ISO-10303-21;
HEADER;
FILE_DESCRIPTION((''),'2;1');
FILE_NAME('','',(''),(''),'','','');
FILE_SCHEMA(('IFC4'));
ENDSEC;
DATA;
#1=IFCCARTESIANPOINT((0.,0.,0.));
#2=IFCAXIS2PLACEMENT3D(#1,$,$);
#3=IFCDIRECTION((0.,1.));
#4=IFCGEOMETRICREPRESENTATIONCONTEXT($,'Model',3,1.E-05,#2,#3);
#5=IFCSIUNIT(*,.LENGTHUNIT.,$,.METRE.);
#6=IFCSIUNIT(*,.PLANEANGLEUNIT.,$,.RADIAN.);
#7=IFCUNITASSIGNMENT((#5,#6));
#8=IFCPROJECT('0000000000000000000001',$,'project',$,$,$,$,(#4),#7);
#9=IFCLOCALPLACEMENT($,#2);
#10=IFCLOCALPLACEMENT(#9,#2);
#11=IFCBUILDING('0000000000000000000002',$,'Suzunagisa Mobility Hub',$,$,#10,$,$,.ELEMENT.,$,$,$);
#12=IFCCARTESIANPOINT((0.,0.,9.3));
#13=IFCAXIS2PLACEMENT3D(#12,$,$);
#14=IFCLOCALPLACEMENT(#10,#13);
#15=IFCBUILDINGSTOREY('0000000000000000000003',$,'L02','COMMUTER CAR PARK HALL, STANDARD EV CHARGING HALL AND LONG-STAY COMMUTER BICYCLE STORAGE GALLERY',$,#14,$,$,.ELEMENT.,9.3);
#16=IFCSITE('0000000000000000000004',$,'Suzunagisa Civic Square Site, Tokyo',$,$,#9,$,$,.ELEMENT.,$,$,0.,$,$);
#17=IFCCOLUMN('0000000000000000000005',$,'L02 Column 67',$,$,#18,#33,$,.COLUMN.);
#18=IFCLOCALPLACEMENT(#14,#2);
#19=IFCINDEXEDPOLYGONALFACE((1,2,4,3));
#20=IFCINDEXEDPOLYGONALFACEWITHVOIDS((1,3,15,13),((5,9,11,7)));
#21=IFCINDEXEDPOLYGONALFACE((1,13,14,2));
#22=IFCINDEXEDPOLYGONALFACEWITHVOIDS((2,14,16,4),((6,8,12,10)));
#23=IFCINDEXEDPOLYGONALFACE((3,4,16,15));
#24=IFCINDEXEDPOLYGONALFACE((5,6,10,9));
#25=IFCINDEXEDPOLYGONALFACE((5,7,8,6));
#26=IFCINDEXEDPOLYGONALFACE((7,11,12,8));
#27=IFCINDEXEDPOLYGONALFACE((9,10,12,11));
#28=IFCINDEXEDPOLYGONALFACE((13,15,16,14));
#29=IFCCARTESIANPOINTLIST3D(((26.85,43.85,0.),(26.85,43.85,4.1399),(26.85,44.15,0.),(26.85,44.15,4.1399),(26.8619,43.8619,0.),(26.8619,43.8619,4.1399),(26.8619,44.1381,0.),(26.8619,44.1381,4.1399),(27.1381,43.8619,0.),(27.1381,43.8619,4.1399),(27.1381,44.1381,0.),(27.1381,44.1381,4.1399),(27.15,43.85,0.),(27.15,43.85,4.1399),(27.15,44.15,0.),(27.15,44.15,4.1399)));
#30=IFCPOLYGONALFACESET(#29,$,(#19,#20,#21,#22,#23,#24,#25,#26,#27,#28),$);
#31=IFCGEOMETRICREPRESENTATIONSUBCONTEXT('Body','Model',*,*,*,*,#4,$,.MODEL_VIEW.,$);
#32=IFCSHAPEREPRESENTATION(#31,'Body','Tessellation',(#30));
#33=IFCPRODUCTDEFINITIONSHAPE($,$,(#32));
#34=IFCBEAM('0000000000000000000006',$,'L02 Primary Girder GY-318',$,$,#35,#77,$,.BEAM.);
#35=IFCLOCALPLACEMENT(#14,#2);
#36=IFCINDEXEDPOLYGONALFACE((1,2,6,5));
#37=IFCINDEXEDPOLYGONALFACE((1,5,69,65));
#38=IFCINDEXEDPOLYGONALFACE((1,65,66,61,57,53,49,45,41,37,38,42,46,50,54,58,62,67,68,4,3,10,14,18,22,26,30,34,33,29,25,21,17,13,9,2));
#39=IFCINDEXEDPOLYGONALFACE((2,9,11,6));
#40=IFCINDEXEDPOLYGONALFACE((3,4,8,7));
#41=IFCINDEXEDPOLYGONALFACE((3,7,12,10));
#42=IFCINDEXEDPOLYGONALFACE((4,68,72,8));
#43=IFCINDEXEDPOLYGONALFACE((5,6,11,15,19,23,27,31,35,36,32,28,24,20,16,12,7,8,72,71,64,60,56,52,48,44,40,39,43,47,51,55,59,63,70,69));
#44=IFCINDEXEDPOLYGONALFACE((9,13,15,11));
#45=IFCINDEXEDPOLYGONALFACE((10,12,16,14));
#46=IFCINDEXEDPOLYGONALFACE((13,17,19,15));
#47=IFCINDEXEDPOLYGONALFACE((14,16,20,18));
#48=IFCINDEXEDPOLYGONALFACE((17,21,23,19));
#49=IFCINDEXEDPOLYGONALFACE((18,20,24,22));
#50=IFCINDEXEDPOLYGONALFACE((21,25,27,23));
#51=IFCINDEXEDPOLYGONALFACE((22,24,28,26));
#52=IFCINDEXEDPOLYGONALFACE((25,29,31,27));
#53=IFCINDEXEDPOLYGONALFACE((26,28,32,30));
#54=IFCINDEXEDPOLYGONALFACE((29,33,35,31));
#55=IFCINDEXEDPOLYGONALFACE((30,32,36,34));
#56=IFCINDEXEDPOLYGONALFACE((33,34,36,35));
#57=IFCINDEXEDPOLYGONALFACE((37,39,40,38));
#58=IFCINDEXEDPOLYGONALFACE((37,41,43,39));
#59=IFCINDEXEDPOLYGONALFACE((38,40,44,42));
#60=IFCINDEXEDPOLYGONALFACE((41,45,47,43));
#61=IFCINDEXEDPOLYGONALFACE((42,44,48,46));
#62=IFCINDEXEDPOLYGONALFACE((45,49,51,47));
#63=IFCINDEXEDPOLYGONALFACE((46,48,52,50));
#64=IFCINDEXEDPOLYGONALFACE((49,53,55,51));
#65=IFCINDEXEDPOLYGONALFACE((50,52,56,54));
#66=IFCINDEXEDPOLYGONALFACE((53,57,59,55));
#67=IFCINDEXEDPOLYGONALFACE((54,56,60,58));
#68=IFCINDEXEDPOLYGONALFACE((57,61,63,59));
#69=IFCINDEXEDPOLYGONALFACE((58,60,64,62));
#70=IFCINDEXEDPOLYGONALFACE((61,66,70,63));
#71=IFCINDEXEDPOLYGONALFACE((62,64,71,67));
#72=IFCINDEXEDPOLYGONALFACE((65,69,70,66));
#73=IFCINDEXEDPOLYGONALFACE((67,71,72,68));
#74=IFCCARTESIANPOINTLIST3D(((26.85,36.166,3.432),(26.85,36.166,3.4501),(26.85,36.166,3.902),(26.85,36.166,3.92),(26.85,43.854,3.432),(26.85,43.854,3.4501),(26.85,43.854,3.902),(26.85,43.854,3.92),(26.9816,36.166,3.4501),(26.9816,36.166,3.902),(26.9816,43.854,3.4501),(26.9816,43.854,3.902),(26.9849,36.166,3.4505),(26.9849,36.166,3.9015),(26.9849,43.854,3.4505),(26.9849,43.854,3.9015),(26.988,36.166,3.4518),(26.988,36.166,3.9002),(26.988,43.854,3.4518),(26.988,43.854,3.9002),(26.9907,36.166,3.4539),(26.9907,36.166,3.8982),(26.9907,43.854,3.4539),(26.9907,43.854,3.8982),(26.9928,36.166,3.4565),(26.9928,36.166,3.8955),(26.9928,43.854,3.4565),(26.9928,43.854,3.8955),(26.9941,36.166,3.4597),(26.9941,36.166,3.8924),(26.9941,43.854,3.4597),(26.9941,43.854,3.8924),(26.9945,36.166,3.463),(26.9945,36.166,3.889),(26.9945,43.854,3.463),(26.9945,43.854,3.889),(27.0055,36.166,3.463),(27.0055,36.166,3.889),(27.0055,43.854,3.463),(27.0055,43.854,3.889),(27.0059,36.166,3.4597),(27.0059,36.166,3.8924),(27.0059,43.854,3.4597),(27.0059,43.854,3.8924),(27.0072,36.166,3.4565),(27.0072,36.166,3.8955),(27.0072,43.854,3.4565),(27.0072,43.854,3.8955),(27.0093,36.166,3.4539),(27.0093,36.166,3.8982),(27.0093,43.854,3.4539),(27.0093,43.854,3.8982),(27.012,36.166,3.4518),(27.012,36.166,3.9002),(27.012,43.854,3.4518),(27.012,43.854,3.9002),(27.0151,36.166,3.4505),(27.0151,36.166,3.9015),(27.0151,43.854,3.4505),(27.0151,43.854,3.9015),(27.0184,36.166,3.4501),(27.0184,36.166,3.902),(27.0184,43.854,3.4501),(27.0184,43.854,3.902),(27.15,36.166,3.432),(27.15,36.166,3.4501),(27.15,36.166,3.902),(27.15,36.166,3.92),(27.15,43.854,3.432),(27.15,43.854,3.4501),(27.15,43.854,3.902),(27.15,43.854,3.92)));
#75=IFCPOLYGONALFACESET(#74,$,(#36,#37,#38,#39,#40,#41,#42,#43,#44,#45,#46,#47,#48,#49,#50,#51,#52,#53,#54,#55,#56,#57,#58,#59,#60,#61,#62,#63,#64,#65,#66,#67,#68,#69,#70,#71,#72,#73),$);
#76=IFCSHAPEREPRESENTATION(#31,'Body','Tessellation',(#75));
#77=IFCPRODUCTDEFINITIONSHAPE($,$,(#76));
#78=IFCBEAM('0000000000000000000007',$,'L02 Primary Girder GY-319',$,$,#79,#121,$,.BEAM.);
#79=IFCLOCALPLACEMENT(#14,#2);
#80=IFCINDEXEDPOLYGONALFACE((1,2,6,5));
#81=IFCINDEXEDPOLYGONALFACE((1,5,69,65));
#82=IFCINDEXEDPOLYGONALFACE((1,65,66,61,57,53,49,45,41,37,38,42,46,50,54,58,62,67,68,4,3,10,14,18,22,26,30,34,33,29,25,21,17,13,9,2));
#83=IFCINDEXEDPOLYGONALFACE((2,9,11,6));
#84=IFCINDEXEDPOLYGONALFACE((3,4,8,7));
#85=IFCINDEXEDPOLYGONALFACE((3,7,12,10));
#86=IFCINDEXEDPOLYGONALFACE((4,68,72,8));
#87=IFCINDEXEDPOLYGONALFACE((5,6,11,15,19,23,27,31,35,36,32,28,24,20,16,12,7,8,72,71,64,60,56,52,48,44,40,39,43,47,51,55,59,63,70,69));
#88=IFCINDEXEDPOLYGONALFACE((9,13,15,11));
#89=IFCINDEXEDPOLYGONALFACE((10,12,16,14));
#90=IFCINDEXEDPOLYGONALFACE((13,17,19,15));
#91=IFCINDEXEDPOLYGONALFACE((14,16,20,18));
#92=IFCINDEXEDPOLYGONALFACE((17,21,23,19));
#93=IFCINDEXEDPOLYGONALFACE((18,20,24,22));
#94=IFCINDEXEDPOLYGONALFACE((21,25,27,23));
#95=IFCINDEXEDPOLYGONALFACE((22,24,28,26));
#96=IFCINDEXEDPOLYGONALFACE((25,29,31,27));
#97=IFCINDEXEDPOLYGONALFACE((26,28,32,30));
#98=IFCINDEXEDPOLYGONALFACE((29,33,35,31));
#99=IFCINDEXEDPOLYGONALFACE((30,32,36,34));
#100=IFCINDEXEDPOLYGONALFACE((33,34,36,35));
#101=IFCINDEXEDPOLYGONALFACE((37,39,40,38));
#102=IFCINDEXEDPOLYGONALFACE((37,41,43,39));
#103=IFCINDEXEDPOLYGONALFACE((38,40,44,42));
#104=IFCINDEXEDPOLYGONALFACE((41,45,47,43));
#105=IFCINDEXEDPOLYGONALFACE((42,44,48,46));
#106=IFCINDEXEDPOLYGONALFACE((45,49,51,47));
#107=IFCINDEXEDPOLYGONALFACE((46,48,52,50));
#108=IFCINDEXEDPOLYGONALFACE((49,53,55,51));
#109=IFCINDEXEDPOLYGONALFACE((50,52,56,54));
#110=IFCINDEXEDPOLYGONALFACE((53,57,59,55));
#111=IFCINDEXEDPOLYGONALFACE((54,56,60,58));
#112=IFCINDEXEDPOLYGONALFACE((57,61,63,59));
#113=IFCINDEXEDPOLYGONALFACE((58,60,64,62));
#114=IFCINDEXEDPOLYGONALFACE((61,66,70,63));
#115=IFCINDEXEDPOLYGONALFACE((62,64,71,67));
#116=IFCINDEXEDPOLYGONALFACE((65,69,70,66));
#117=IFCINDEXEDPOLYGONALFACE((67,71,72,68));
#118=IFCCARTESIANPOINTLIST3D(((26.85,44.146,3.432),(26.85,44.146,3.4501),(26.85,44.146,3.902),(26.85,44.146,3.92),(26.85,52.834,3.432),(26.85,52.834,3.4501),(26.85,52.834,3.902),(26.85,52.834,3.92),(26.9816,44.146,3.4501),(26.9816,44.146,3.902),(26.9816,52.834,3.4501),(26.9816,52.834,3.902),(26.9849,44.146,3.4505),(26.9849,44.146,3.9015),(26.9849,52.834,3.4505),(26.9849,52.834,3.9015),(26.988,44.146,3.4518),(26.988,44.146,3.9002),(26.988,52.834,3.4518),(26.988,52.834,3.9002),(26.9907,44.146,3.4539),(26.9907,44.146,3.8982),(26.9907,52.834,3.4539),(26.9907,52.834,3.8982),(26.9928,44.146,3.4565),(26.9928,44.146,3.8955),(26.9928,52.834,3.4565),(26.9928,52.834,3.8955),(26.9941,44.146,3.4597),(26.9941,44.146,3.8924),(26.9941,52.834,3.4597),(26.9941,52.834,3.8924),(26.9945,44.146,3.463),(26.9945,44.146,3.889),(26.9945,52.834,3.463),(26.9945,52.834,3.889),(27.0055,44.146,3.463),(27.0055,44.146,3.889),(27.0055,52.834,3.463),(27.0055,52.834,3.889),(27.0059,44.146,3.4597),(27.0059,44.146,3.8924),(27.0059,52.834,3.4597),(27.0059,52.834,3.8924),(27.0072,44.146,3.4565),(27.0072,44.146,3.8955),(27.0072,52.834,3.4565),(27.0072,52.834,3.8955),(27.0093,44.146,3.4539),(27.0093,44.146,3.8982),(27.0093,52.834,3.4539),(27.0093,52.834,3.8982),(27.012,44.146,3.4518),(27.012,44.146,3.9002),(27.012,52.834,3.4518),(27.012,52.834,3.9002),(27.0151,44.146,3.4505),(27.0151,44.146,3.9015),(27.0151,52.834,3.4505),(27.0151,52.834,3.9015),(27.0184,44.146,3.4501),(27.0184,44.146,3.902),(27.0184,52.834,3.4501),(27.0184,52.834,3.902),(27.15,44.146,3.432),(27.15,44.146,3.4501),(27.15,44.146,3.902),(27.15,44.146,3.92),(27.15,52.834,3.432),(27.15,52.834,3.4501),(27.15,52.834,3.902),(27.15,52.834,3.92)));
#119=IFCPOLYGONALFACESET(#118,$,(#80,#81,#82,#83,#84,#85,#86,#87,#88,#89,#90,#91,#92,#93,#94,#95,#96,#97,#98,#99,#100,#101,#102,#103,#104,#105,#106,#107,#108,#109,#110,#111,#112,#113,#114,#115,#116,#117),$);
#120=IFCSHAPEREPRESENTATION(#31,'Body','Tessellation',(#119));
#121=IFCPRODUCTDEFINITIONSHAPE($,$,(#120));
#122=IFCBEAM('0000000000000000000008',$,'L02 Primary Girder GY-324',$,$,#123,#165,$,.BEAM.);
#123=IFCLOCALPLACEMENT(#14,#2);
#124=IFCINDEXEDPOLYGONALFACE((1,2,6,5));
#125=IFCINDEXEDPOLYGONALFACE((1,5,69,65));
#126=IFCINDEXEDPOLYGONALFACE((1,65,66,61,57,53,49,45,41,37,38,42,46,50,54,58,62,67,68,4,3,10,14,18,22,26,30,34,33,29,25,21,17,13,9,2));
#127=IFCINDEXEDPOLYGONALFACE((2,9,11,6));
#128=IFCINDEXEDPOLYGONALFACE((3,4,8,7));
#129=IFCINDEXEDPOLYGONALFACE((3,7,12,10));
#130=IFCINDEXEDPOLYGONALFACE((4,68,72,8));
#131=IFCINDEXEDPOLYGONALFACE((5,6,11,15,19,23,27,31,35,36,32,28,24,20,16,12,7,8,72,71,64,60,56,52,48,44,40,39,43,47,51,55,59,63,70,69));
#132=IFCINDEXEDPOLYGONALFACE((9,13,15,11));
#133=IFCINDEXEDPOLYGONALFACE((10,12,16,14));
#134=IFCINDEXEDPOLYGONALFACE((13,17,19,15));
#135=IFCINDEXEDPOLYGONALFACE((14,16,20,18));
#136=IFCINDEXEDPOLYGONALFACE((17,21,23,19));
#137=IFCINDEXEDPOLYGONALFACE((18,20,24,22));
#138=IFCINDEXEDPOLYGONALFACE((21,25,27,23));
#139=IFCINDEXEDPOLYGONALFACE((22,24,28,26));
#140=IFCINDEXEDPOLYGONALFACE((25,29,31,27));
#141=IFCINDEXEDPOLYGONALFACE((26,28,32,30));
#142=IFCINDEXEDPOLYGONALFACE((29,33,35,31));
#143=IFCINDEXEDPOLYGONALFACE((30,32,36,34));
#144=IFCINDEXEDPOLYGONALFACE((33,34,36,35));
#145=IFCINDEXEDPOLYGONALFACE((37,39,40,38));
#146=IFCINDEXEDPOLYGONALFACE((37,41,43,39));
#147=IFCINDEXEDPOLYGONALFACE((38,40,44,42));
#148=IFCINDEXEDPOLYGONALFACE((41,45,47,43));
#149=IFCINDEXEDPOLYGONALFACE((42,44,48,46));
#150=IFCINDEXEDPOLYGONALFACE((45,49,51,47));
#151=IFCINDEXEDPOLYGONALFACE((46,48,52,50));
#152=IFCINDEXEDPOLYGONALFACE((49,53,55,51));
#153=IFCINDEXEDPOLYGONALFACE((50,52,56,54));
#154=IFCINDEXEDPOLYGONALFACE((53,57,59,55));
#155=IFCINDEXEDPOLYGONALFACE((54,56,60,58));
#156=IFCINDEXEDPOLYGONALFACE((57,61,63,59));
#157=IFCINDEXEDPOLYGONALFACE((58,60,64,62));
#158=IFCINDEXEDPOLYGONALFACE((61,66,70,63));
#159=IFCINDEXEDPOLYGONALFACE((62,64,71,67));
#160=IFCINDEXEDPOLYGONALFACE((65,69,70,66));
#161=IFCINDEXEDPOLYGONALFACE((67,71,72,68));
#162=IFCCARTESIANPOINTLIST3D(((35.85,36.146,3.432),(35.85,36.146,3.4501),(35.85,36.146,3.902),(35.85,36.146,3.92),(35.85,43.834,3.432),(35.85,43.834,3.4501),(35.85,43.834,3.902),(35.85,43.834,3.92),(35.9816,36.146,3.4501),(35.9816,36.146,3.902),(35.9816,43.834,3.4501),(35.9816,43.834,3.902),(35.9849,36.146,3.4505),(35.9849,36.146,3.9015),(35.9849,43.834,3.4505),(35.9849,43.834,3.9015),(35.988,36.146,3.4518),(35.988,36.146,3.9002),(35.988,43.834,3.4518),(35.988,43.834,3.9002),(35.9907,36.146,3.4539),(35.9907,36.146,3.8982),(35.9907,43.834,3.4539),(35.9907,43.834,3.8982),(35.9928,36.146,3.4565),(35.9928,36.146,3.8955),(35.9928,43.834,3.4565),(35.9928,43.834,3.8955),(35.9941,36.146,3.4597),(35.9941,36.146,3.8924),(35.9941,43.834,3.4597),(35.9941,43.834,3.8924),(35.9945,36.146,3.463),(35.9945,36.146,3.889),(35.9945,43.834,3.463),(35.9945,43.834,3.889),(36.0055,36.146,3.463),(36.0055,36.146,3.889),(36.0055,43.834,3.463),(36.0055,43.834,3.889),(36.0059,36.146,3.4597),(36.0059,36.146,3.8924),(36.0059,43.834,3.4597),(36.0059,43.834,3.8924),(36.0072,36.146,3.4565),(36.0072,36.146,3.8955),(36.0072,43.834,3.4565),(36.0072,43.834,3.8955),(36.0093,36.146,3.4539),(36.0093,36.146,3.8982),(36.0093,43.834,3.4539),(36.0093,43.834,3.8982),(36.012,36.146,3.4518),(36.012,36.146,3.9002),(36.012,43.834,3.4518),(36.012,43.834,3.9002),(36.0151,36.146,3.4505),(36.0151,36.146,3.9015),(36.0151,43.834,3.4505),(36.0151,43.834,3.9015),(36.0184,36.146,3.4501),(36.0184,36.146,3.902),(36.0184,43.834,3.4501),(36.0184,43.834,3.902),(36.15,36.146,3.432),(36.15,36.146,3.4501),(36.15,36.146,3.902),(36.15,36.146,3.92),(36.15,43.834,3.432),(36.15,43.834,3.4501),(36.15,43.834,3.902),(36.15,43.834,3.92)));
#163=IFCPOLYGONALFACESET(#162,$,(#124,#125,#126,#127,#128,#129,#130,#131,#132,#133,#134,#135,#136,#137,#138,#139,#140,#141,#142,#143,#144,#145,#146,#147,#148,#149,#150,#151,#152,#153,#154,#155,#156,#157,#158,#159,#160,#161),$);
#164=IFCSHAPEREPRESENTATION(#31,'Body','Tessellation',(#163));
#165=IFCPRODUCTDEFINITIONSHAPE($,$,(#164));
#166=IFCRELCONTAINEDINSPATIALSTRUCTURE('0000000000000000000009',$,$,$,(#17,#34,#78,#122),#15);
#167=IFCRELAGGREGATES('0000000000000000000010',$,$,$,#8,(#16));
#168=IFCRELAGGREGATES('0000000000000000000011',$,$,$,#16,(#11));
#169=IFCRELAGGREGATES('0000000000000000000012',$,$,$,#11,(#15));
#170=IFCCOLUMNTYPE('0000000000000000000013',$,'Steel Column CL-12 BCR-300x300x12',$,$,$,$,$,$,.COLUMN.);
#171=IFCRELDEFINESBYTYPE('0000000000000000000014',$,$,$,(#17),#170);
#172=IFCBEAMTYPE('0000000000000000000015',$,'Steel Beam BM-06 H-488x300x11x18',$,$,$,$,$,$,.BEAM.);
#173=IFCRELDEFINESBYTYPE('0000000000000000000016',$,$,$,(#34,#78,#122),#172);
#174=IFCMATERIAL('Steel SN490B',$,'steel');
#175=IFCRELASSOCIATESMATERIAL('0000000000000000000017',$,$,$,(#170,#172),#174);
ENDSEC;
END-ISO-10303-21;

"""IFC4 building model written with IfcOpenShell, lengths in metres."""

from ifc_helpers import new_model, si_unit, direction, frame, origin, origin_2d, place, context, subcontext, project, spatial, hollow_rectangle, i_section, extrude, material, material_profile, profile_set, type_object, element, save


model = new_model("IFC4")

# Units and contexts
model_context = context("Model", 3, precision=1e-05, world=origin(), true_north=direction((0.0, 1.0)))
body_context = subcontext(model_context, "Body", "Model", "MODEL_VIEW")
ifc_project = project(units=[si_unit("LENGTHUNIT", "METRE"), si_unit("PLANEANGLEUNIT", "RADIAN")], contexts=[model_context])

# Site, building, storey
site_placement = place(None, origin())
site = spatial("IfcSite", under=ifc_project, at=site_placement, Name="Suzunagisa Civic Square Site, Tokyo", CompositionType="ELEMENT", RefElevation=0.0)
building_placement = place(site_placement, origin())
building = spatial("IfcBuilding", under=site, at=building_placement, Name="Suzunagisa Mobility Hub", CompositionType="ELEMENT")
storey_placement = place(building_placement, frame((0.0, 0.0, 9.3)))
storey = spatial("IfcBuildingStorey", under=building, at=storey_placement, Name="L02", Description="COMMUTER CAR PARK HALL, STANDARD EV CHARGING HALL AND LONG-STAY COMMUTER BICYCLE STORAGE GALLERY", CompositionType="ELEMENT", Elevation=9.3)

# Column
ifc_material_1 = material(Name="Steel SN490B", Category="steel")
ifc_material_profile_1 = material_profile(ifc_material_1, hollow_rectangle(XDim=0.3, YDim=0.3, WallThickness=0.012, at=origin_2d()), Name="BCR-300x300x12")
ifc_profile_set_1 = profile_set([ifc_material_profile_1], Name="Steel SN490B")
column_type = type_object("IfcColumnType", Name="Steel Column CL-12 BCR-300x300x12", PredefinedType="COLUMN", material=ifc_profile_set_1)
column_placement = place(storey_placement, frame((27.0, 44.0, 0.0), z_axis=(0.0, 0.0, 1.0), x_axis=(1.0, 0.0, 0.0)))
element("IfcColumn", 1, at=column_placement, inside=storey, type_object=column_type, Name="L02 Column 67", PredefinedType="COLUMN", context=body_context, shape_type="SweptSolid", body=[
    extrude(hollow_rectangle(XDim=0.3, YDim=0.3, WallThickness=0.012, at=origin_2d()), origin(), (0.0, 0.0, 1.0), 4.1399),
])

# Beams
ifc_material_profile_2 = material_profile(ifc_material_1, i_section(OverallWidth=0.3, OverallDepth=0.488, WebThickness=0.011, FlangeThickness=0.0181, FilletRadius=0.0129, at=origin_2d()), Name="H-488x300x11x18")
ifc_profile_set_2 = profile_set([ifc_material_profile_2], Name="Steel SN490B")
beam_type_1 = type_object("IfcBeamType", Name="Steel Beam BM-06 H-488x300x11x18", PredefinedType="BEAM", material=ifc_profile_set_2)
beam_1_placement = place(storey_placement, frame((27.0, 36.166, 3.676), z_axis=(0.0, 1.0, 0.0), x_axis=(-1.0, 0.0, 0.0)))
element("IfcBeam", 2, at=beam_1_placement, inside=storey, type_object=beam_type_1, Name="L02 Primary Girder GY-318", PredefinedType="BEAM", context=body_context, shape_type="SweptSolid", body=[
    extrude(i_section(OverallWidth=0.3, OverallDepth=0.488, WebThickness=0.011, FlangeThickness=0.0181, FilletRadius=0.0129, at=origin_2d()), origin(), (0.0, 0.0, 1.0), 7.688),
])
beam_2_placement = place(storey_placement, frame((27.0, 44.146, 3.676), z_axis=(0.0, 1.0, 0.0), x_axis=(-1.0, 0.0, 0.0)))
element("IfcBeam", 3, at=beam_2_placement, inside=storey, type_object=beam_type_1, Name="L02 Primary Girder GY-319", PredefinedType="BEAM", context=body_context, shape_type="SweptSolid", body=[
    extrude(i_section(OverallWidth=0.3, OverallDepth=0.488, WebThickness=0.011, FlangeThickness=0.0181, FilletRadius=0.0129, at=origin_2d()), origin(), (0.0, 0.0, 1.0), 8.688),
])
beam_3_placement = place(storey_placement, frame((36.0, 36.146, 3.676), z_axis=(0.0, 1.0, 0.0), x_axis=(-1.0, 0.0, 0.0)))
element("IfcBeam", 4, at=beam_3_placement, inside=storey, type_object=beam_type_1, Name="L02 Primary Girder GY-324", PredefinedType="BEAM", context=body_context, shape_type="SweptSolid", body=[
    extrude(i_section(OverallWidth=0.3, OverallDepth=0.488, WebThickness=0.011, FlangeThickness=0.0181, FilletRadius=0.0129, at=origin_2d()), origin(), (0.0, 0.0, 1.0), 7.688),
])

save(model, "model.ifc")
